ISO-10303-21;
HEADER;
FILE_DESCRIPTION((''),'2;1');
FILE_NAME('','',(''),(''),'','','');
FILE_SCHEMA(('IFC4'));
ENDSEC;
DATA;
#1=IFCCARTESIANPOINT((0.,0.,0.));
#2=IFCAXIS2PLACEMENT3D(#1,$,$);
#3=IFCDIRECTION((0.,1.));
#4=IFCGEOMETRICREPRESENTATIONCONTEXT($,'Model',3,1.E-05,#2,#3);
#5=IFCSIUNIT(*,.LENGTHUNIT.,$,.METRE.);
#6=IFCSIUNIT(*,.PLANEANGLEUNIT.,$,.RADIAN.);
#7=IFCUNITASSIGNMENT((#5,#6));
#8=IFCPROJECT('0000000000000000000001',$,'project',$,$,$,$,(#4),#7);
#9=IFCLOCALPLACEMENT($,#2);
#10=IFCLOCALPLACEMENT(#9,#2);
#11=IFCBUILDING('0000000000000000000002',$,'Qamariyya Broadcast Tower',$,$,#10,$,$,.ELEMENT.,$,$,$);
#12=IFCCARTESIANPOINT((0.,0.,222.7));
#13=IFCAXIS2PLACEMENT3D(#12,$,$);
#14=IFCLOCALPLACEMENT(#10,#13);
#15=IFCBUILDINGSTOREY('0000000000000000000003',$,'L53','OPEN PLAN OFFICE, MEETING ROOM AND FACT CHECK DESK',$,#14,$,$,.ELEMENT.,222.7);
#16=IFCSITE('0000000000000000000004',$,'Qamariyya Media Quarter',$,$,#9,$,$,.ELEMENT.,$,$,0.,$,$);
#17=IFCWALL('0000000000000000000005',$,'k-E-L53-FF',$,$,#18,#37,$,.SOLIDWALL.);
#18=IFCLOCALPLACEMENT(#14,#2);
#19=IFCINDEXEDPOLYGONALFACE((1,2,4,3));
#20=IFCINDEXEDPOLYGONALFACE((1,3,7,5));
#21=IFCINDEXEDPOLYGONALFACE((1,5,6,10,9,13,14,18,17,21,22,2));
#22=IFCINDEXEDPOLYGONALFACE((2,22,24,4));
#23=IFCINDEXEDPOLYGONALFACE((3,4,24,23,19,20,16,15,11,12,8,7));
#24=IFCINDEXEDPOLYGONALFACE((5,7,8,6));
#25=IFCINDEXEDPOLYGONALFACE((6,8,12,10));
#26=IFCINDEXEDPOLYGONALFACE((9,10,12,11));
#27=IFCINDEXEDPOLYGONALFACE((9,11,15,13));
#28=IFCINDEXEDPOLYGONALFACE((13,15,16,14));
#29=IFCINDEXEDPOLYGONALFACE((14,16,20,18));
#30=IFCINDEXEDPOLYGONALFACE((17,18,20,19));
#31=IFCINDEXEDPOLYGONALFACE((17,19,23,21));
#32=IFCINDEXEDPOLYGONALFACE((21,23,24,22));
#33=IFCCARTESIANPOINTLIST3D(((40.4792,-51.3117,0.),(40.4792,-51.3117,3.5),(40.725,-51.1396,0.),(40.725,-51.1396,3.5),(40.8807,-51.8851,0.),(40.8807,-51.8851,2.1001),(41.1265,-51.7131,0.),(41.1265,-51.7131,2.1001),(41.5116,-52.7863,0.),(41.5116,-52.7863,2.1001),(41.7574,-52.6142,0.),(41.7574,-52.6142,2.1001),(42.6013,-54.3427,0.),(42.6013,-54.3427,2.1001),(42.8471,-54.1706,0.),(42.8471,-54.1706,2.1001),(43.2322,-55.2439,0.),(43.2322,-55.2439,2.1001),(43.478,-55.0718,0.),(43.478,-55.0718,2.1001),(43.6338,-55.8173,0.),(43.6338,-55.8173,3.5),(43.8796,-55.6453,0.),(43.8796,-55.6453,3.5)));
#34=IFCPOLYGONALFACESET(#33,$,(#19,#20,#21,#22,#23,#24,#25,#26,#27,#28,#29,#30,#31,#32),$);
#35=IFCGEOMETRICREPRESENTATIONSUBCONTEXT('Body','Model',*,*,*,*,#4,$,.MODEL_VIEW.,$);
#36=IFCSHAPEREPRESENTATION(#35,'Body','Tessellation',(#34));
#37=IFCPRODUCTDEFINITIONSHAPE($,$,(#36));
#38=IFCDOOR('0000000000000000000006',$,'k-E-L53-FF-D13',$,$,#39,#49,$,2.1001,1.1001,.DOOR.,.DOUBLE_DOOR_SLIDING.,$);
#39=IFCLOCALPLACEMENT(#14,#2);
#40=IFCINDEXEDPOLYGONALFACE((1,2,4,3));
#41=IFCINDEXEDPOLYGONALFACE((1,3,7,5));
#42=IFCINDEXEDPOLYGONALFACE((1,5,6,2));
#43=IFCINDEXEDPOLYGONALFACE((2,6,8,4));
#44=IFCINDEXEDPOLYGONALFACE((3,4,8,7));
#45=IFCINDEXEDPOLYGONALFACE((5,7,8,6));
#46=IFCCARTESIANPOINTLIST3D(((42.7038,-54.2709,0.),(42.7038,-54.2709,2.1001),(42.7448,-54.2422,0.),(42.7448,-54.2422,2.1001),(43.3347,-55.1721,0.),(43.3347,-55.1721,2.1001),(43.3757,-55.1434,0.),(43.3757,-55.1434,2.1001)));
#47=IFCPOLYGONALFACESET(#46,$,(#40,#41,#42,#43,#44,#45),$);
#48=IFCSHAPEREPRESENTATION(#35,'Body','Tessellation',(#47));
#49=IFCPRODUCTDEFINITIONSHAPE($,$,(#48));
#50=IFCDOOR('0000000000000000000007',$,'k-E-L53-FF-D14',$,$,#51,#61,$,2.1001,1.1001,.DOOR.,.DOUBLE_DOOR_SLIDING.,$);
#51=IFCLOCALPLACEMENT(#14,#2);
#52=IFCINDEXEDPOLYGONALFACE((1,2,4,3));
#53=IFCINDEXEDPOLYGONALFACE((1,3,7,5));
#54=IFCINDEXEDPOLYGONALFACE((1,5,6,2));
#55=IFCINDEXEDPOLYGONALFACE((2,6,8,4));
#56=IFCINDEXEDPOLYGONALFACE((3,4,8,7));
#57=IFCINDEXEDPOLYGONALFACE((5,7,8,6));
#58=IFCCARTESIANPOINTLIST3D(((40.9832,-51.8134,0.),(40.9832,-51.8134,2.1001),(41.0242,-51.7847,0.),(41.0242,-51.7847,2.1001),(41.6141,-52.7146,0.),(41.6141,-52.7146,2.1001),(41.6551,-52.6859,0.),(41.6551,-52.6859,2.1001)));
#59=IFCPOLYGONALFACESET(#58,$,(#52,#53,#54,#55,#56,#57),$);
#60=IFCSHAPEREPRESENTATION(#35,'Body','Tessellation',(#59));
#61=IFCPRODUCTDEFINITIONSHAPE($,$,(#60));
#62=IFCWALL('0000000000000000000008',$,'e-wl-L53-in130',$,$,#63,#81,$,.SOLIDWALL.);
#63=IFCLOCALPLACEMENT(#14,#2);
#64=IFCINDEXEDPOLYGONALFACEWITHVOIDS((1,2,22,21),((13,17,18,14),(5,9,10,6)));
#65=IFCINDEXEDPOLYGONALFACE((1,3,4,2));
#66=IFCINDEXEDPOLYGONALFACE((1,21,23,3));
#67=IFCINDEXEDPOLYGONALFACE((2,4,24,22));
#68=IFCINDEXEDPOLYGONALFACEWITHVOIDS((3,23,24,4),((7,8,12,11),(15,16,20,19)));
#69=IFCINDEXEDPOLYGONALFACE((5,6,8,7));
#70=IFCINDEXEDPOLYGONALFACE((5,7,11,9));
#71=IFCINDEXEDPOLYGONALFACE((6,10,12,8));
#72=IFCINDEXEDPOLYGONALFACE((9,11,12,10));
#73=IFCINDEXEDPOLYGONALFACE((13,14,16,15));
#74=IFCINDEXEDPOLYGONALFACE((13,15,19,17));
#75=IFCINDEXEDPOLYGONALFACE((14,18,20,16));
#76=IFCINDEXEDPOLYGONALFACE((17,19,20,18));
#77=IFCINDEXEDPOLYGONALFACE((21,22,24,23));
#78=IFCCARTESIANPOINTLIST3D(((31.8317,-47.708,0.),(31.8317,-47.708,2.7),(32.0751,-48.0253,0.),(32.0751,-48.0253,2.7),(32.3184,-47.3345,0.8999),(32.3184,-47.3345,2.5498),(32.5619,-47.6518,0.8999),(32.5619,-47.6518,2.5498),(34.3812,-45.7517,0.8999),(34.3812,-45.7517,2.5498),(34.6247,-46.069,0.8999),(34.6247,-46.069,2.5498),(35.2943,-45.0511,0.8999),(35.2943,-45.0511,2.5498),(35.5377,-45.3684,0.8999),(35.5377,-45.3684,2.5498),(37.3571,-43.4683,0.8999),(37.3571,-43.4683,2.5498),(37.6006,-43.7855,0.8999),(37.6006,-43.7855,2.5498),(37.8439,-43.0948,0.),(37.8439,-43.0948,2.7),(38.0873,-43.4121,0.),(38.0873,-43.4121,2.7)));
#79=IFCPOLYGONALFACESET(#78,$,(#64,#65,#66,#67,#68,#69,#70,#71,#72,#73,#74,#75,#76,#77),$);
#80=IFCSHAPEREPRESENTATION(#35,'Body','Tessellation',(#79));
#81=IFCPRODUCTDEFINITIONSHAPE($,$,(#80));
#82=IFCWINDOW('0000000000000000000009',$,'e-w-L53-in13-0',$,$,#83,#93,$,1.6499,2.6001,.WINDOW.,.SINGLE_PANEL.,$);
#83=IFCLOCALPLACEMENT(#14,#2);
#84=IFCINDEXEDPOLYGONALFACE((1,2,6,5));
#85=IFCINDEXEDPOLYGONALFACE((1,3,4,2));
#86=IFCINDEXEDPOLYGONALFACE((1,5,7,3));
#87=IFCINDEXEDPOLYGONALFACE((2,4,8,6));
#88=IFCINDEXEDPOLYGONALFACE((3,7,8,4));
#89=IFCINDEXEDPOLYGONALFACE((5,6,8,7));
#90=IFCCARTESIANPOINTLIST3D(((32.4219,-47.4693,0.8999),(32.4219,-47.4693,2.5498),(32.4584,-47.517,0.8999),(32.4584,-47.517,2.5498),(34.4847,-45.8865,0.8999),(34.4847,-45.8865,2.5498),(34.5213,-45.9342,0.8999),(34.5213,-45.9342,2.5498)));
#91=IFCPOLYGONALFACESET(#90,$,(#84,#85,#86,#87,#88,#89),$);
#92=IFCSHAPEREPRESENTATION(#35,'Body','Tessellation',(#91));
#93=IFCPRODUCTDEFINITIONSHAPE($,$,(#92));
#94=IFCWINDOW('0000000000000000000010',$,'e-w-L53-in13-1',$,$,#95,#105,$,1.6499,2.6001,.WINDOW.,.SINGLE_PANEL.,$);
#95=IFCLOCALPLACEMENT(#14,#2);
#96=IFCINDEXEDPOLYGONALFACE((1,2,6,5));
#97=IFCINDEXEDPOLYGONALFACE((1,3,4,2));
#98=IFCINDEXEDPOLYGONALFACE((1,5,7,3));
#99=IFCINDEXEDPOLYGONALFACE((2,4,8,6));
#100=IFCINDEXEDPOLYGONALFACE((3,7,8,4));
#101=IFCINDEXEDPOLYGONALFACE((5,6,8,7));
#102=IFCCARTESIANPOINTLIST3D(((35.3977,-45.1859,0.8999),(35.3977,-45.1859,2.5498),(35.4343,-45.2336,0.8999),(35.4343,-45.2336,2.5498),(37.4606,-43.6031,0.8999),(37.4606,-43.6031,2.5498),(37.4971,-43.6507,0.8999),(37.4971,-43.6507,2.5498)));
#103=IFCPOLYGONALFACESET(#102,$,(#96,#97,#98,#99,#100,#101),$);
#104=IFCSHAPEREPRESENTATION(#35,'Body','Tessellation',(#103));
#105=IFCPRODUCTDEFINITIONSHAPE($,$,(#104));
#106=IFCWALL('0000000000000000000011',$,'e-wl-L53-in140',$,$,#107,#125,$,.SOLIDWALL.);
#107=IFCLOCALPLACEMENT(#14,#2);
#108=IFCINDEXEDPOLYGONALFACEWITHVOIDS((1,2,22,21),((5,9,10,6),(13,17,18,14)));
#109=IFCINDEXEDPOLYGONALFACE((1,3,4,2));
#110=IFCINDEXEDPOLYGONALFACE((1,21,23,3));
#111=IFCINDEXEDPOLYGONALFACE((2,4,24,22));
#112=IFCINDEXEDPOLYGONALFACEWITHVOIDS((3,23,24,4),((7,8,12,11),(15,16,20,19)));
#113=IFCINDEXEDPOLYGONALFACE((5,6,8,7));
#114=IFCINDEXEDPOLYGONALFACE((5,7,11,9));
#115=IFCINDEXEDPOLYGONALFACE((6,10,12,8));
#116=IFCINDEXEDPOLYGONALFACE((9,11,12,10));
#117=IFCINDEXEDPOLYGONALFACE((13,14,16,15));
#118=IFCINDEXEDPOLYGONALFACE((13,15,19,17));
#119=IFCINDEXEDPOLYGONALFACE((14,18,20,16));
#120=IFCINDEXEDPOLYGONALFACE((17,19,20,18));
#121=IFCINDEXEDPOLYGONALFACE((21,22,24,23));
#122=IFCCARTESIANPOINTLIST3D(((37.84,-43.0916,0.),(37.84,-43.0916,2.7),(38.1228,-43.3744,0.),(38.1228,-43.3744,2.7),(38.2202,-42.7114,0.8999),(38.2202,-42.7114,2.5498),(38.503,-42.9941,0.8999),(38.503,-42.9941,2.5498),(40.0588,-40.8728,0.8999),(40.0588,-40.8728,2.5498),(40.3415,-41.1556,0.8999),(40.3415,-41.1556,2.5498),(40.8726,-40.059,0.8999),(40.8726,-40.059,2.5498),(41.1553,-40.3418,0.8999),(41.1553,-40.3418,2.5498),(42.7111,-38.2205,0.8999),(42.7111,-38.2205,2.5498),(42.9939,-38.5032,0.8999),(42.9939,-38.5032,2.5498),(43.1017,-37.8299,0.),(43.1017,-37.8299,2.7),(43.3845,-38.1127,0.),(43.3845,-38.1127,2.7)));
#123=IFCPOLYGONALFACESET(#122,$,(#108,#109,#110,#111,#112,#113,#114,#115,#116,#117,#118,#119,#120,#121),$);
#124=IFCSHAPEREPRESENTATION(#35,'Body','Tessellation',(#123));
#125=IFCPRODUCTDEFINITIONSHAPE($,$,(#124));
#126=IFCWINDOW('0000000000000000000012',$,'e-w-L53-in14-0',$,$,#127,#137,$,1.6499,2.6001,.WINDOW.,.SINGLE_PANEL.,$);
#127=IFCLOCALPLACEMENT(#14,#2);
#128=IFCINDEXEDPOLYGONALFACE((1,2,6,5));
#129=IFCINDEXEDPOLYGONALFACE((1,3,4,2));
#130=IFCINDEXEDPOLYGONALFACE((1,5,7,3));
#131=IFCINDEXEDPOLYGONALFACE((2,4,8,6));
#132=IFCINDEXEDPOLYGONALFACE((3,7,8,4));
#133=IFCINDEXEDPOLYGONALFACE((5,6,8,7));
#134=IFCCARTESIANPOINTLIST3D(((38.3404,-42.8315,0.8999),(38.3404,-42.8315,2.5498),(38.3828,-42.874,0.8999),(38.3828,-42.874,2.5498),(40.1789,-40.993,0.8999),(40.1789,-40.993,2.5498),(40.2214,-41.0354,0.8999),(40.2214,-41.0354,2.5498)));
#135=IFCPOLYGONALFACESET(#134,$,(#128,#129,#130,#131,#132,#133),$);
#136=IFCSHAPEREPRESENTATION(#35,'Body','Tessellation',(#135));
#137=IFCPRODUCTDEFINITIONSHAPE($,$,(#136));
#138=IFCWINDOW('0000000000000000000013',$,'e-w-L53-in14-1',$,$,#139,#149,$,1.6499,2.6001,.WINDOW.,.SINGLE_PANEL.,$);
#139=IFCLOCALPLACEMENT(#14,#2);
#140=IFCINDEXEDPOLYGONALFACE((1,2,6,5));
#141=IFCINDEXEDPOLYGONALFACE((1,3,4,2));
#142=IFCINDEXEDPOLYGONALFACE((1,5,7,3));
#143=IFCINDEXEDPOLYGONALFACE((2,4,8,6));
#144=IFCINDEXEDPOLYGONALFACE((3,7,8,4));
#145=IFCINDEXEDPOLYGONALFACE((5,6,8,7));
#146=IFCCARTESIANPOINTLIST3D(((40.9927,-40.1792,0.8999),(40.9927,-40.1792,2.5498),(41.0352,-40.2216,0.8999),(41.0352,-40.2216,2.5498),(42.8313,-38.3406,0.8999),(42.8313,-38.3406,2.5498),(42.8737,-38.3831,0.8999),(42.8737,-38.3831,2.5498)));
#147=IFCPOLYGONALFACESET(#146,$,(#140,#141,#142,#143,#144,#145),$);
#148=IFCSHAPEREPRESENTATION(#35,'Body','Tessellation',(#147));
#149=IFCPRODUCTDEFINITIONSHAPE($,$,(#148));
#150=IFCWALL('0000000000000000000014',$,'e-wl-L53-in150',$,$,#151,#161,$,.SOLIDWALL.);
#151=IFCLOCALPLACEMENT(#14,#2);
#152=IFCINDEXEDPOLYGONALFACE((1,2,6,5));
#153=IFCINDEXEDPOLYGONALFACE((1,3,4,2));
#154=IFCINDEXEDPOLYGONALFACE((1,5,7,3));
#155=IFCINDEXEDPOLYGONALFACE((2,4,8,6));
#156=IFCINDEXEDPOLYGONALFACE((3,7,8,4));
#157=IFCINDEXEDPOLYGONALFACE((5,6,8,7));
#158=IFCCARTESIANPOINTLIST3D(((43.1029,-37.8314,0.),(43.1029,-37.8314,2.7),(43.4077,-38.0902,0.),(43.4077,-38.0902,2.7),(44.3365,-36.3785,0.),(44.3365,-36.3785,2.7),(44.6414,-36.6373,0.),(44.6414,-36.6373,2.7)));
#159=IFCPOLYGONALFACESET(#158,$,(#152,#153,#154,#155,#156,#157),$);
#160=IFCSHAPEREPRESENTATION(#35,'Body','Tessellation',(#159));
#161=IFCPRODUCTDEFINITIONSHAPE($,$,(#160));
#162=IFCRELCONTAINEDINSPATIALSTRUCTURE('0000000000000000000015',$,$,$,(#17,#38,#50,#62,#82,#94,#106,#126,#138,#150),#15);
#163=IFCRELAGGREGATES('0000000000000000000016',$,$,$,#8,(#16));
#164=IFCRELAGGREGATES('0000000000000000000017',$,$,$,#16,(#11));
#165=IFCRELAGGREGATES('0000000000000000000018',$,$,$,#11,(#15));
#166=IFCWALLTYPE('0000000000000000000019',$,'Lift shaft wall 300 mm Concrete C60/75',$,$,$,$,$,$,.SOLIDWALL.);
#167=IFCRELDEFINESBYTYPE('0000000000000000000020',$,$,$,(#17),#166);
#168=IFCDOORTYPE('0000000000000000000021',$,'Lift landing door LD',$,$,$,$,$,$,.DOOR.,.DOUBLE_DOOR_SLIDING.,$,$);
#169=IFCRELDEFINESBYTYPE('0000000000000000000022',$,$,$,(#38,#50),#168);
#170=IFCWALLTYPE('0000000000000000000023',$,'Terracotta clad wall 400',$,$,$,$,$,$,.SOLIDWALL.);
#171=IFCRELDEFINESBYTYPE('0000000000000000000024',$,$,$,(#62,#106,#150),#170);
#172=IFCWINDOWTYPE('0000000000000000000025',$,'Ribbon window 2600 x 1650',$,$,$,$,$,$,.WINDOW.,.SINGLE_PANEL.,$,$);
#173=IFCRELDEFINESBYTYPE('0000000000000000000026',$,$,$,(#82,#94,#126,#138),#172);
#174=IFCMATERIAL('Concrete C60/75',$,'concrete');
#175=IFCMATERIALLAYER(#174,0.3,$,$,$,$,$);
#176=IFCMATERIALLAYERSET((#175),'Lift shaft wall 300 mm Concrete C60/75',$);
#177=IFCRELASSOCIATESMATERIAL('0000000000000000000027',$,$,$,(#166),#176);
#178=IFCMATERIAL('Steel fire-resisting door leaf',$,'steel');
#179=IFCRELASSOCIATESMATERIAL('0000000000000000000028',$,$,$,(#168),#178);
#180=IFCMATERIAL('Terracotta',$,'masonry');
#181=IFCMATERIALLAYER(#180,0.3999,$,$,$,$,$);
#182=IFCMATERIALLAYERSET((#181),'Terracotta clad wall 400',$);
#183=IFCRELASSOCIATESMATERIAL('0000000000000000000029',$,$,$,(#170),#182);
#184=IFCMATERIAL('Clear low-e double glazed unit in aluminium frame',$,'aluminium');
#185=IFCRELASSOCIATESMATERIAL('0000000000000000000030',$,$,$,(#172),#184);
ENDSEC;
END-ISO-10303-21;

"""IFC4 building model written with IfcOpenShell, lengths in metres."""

from ifc_helpers import new_model, si_unit, direction, frame, frame_2d, origin, place, context, subcontext, project, spatial, rectangle, extrude, material, layer, layer_set, type_object, element, fill, save


model = new_model("IFC4")

# Units and contexts
model_context = context("Model", 3, precision=1e-05, world=origin(), true_north=direction((0.0, 1.0)))
body_context = subcontext(model_context, "Body", "Model", "MODEL_VIEW")
ifc_project = project(units=[si_unit("LENGTHUNIT", "METRE"), si_unit("PLANEANGLEUNIT", "RADIAN")], contexts=[model_context])

# Site, building, storey
site_placement = place(None, origin())
site = spatial("IfcSite", under=ifc_project, at=site_placement, Name="Qamariyya Media Quarter", CompositionType="ELEMENT", RefElevation=0.0)
building_placement = place(site_placement, origin())
building = spatial("IfcBuilding", under=site, at=building_placement, Name="Qamariyya Broadcast Tower", CompositionType="ELEMENT")
storey_placement = place(building_placement, frame((0.0, 0.0, 222.7)))
storey = spatial("IfcBuildingStorey", under=building, at=storey_placement, Name="L53", Description="OPEN PLAN OFFICE, MEETING ROOM AND FACT CHECK DESK", CompositionType="ELEMENT", Elevation=222.7)

# Shared definitions
ifc_material_1 = material(Name="Concrete C60/75", Category="concrete")

# Wall, openings, doors
ifc_layer_1 = layer(ifc_material_1, 0.3)
ifc_layer_set_1 = layer_set([ifc_layer_1], Name="Lift shaft wall 300 mm Concrete C60/75")
wall_type_1 = type_object("IfcWallType", Name="Lift shaft wall 300 mm Concrete C60/75", PredefinedType="SOLIDWALL", material=ifc_layer_set_1)
wall_1_placement = place(storey_placement, frame((43.7566, -55.7312, 0.0), z_axis=(0.0, 0.0, 1.0), x_axis=(-0.573537, 0.81918, 0.0)))
wall_1 = element("IfcWall", 1, at=wall_1_placement, inside=storey, type_object=wall_type_1, Name="k-E-L53-FF", PredefinedType="SOLIDWALL", context=body_context, shape_type="SweptSolid", body=[
    extrude(rectangle(XDim=5.5002, YDim=0.3, at=frame_2d((2.75, 0.0))), origin(), (0.0, 0.0, 1.0), 3.5),
])
opening_1_placement = place(wall_1_placement, frame((0.7, 0.0, 0.0)))
opening_1 = element("IfcOpeningElement", 2, at=opening_1_placement, cuts=wall_1, PredefinedType="OPENING", context=body_context, shape_type="SweptSolid", body=[
    extrude(rectangle(XDim=1.1001, YDim=2.1001, at=frame_2d((0.55, 1.05))), frame((0.0, 0.1599, 0.0), z_axis=(0.0, -1.0, 0.0), x_axis=(1.0, 0.0, 0.0)), (0.0, 0.0, 1.0), 0.3201),
])
opening_2_placement = place(wall_1_placement, frame((3.7, 0.0, 0.0)))
opening_2 = element("IfcOpeningElement", 3, at=opening_2_placement, cuts=wall_1, PredefinedType="OPENING", context=body_context, shape_type="SweptSolid", body=[
    extrude(rectangle(XDim=1.1001, YDim=2.1001, at=frame_2d((0.55, 1.05))), frame((0.0, 0.1599, 0.0), z_axis=(0.0, -1.0, 0.0), x_axis=(1.0, 0.0, 0.0)), (0.0, 0.0, 1.0), 0.3201),
])
ifc_material_2 = material(Name="Steel fire-resisting door leaf", Category="steel")
door_type_1 = type_object("IfcDoorType", Name="Lift landing door LD", OperationType="DOUBLE_DOOR_SLIDING", PredefinedType="DOOR", material=ifc_material_2)
door_1_placement = place(opening_1_placement, origin())
door_1 = element("IfcDoor", 4, at=door_1_placement, inside=storey, type_object=door_type_1, Name="k-E-L53-FF-D13", OperationType="DOUBLE_DOOR_SLIDING", OverallHeight=2.1001, OverallWidth=1.1001, PredefinedType="DOOR", context=body_context, shape_type="SweptSolid", body=[
    extrude(rectangle(XDim=1.1001, YDim=2.1001, at=frame_2d((0.55, 1.05))), frame((0.0, 0.0249, 0.0), z_axis=(0.0, -1.0, 0.0), x_axis=(1.0, 0.0, 0.0)), (0.0, 0.0, 1.0), 0.05),
])
fill(opening_1, door_1)
door_2_placement = place(opening_2_placement, origin())
door_2 = element("IfcDoor", 5, at=door_2_placement, inside=storey, type_object=door_type_1, Name="k-E-L53-FF-D14", OperationType="DOUBLE_DOOR_SLIDING", OverallHeight=2.1001, OverallWidth=1.1001, PredefinedType="DOOR", context=body_context, shape_type="SweptSolid", body=[
    extrude(rectangle(XDim=1.1001, YDim=2.1001, at=frame_2d((0.55, 1.05))), frame((0.0, 0.0249, 0.0), z_axis=(0.0, -1.0, 0.0), x_axis=(1.0, 0.0, 0.0)), (0.0, 0.0, 1.0), 0.05),
])
fill(opening_2, door_2)

# Walls, openings, windows
ifc_material_3 = material(Name="Terracotta", Category="masonry")
ifc_layer_2 = layer(ifc_material_3, 0.3999)
ifc_layer_set_2 = layer_set([ifc_layer_2], Name="Terracotta clad wall 400")
wall_type_2 = type_object("IfcWallType", Name="Terracotta clad wall 400", PredefinedType="SOLIDWALL", material=ifc_layer_set_2)
wall_2_placement = place(storey_placement, frame((37.9656, -43.2534, 0.0), z_axis=(0.0, 0.0, 1.0), x_axis=(-0.793356, -0.608757, 0.0)))
wall_2 = element("IfcWall", 6, at=wall_2_placement, inside=storey, type_object=wall_type_2, Name="e-wl-L53-in130", PredefinedType="SOLIDWALL", context=body_context, shape_type="SweptSolid", body=[
    extrude(rectangle(XDim=7.5781, YDim=0.3999, at=frame_2d((3.7891, 0.0))), origin(), (0.0, 0.0, 1.0), 2.7),
])
opening_3_placement = place(wall_2_placement, frame((4.3645, 0.0, 0.8999)))
opening_3 = element("IfcOpeningElement", 7, at=opening_3_placement, cuts=wall_2, PredefinedType="OPENING", context=body_context, shape_type="SweptSolid", body=[
    extrude(rectangle(XDim=2.6001, YDim=1.6499, at=frame_2d((1.3, 0.825))), frame((0.0, 0.21, 0.0), z_axis=(0.0, -1.0, 0.0), x_axis=(1.0, 0.0, 0.0)), (0.0, 0.0, 1.0), 0.4199),
])
opening_4_placement = place(wall_2_placement, frame((0.6135, 0.0, 0.8999)))
opening_4 = element("IfcOpeningElement", 8, at=opening_4_placement, cuts=wall_2, PredefinedType="OPENING", context=body_context, shape_type="SweptSolid", body=[
    extrude(rectangle(XDim=2.6001, YDim=1.6499, at=frame_2d((1.3, 0.825))), frame((0.0, 0.21, 0.0), z_axis=(0.0, -1.0, 0.0), x_axis=(1.0, 0.0, 0.0)), (0.0, 0.0, 1.0), 0.4199),
])
ifc_material_4 = material(Name="Clear low-e double glazed unit in aluminium frame", Category="aluminium")
window_type = type_object("IfcWindowType", Name="Ribbon window 2600 x 1650", PartitioningType="SINGLE_PANEL", PredefinedType="WINDOW", material=ifc_material_4)
window_1_placement = place(opening_3_placement, origin())
window_1 = element("IfcWindow", 9, at=window_1_placement, inside=storey, type_object=window_type, Name="e-w-L53-in13-0", OverallHeight=1.6499, OverallWidth=2.6001, PartitioningType="SINGLE_PANEL", PredefinedType="WINDOW", context=body_context, shape_type="SweptSolid", body=[
    extrude(rectangle(XDim=2.6001, YDim=1.6499, at=frame_2d((1.3, 0.825))), frame((0.0, 0.03, 0.0), z_axis=(0.0, -1.0, 0.0), x_axis=(1.0, 0.0, 0.0)), (0.0, 0.0, 1.0), 0.0601),
])
fill(opening_3, window_1)
window_2_placement = place(opening_4_placement, origin())
window_2 = element("IfcWindow", 10, at=window_2_placement, inside=storey, type_object=window_type, Name="e-w-L53-in13-1", OverallHeight=1.6499, OverallWidth=2.6001, PartitioningType="SINGLE_PANEL", PredefinedType="WINDOW", context=body_context, shape_type="SweptSolid", body=[
    extrude(rectangle(XDim=2.6001, YDim=1.6499, at=frame_2d((1.3, 0.825))), frame((0.0, 0.03, 0.0), z_axis=(0.0, -1.0, 0.0), x_axis=(1.0, 0.0, 0.0)), (0.0, 0.0, 1.0), 0.0601),
])
fill(opening_4, window_2)
wall_3_placement = place(storey_placement, frame((43.2432, -37.9712, 0.0), z_axis=(0.0, 0.0, 1.0), x_axis=(-0.707107, -0.707107, 0.0)))
wall_3 = element("IfcWall", 11, at=wall_3_placement, inside=storey, type_object=wall_type_2, Name="e-wl-L53-in140", PredefinedType="SOLIDWALL", context=body_context, shape_type="SweptSolid", body=[
    extrude(rectangle(XDim=7.4412, YDim=0.3999, at=frame_2d((3.7207, 0.0))), origin(), (0.0, 0.0, 1.0), 2.7),
])
opening_5_placement = place(wall_3_placement, frame((4.3035, 0.0, 0.8999)))
opening_5 = element("IfcOpeningElement", 12, at=opening_5_placement, cuts=wall_3, PredefinedType="OPENING", context=body_context, shape_type="SweptSolid", body=[
    extrude(rectangle(XDim=2.6001, YDim=1.6499, at=frame_2d((1.3, 0.825))), frame((0.0, 0.21, 0.0), z_axis=(0.0, -1.0, 0.0), x_axis=(1.0, 0.0, 0.0)), (0.0, 0.0, 1.0), 0.4199),
])
opening_6_placement = place(wall_3_placement, frame((0.5525, 0.0, 0.8999)))
opening_6 = element("IfcOpeningElement", 13, at=opening_6_placement, cuts=wall_3, PredefinedType="OPENING", context=body_context, shape_type="SweptSolid", body=[
    extrude(rectangle(XDim=2.6001, YDim=1.6499, at=frame_2d((1.3, 0.825))), frame((0.0, 0.21, 0.0), z_axis=(0.0, -1.0, 0.0), x_axis=(1.0, 0.0, 0.0)), (0.0, 0.0, 1.0), 0.4199),
])
window_3_placement = place(opening_5_placement, origin())
window_3 = element("IfcWindow", 14, at=window_3_placement, inside=storey, type_object=window_type, Name="e-w-L53-in14-0", OverallHeight=1.6499, OverallWidth=2.6001, PartitioningType="SINGLE_PANEL", PredefinedType="WINDOW", context=body_context, shape_type="SweptSolid", body=[
    extrude(rectangle(XDim=2.6001, YDim=1.6499, at=frame_2d((1.3, 0.825))), frame((0.0, 0.03, 0.0), z_axis=(0.0, -1.0, 0.0), x_axis=(1.0, 0.0, 0.0)), (0.0, 0.0, 1.0), 0.0601),
])
fill(opening_5, window_3)
window_4_placement = place(opening_6_placement, origin())
window_4 = element("IfcWindow", 15, at=window_4_placement, inside=storey, type_object=window_type, Name="e-w-L53-in14-1", OverallHeight=1.6499, OverallWidth=2.6001, PartitioningType="SINGLE_PANEL", PredefinedType="WINDOW", context=body_context, shape_type="SweptSolid", body=[
    extrude(rectangle(XDim=2.6001, YDim=1.6499, at=frame_2d((1.3, 0.825))), frame((0.0, 0.03, 0.0), z_axis=(0.0, -1.0, 0.0), x_axis=(1.0, 0.0, 0.0)), (0.0, 0.0, 1.0), 0.0601),
])
fill(opening_6, window_4)

# Wall
wall_4_placement = place(storey_placement, frame((44.489, -36.5078, 0.0), z_axis=(0.0, 0.0, 1.0), x_axis=(-0.64725, -0.762277, 0.0)))
element("IfcWall", 16, at=wall_4_placement, inside=storey, type_object=wall_type_2, Name="e-wl-L53-in150", PredefinedType="SOLIDWALL", context=body_context, shape_type="SweptSolid", body=[
    extrude(rectangle(XDim=1.906, YDim=0.3999, at=frame_2d((0.9531, 0.0))), origin(), (0.0, 0.0, 1.0), 2.7),
])

save(model, "model.ifc")
